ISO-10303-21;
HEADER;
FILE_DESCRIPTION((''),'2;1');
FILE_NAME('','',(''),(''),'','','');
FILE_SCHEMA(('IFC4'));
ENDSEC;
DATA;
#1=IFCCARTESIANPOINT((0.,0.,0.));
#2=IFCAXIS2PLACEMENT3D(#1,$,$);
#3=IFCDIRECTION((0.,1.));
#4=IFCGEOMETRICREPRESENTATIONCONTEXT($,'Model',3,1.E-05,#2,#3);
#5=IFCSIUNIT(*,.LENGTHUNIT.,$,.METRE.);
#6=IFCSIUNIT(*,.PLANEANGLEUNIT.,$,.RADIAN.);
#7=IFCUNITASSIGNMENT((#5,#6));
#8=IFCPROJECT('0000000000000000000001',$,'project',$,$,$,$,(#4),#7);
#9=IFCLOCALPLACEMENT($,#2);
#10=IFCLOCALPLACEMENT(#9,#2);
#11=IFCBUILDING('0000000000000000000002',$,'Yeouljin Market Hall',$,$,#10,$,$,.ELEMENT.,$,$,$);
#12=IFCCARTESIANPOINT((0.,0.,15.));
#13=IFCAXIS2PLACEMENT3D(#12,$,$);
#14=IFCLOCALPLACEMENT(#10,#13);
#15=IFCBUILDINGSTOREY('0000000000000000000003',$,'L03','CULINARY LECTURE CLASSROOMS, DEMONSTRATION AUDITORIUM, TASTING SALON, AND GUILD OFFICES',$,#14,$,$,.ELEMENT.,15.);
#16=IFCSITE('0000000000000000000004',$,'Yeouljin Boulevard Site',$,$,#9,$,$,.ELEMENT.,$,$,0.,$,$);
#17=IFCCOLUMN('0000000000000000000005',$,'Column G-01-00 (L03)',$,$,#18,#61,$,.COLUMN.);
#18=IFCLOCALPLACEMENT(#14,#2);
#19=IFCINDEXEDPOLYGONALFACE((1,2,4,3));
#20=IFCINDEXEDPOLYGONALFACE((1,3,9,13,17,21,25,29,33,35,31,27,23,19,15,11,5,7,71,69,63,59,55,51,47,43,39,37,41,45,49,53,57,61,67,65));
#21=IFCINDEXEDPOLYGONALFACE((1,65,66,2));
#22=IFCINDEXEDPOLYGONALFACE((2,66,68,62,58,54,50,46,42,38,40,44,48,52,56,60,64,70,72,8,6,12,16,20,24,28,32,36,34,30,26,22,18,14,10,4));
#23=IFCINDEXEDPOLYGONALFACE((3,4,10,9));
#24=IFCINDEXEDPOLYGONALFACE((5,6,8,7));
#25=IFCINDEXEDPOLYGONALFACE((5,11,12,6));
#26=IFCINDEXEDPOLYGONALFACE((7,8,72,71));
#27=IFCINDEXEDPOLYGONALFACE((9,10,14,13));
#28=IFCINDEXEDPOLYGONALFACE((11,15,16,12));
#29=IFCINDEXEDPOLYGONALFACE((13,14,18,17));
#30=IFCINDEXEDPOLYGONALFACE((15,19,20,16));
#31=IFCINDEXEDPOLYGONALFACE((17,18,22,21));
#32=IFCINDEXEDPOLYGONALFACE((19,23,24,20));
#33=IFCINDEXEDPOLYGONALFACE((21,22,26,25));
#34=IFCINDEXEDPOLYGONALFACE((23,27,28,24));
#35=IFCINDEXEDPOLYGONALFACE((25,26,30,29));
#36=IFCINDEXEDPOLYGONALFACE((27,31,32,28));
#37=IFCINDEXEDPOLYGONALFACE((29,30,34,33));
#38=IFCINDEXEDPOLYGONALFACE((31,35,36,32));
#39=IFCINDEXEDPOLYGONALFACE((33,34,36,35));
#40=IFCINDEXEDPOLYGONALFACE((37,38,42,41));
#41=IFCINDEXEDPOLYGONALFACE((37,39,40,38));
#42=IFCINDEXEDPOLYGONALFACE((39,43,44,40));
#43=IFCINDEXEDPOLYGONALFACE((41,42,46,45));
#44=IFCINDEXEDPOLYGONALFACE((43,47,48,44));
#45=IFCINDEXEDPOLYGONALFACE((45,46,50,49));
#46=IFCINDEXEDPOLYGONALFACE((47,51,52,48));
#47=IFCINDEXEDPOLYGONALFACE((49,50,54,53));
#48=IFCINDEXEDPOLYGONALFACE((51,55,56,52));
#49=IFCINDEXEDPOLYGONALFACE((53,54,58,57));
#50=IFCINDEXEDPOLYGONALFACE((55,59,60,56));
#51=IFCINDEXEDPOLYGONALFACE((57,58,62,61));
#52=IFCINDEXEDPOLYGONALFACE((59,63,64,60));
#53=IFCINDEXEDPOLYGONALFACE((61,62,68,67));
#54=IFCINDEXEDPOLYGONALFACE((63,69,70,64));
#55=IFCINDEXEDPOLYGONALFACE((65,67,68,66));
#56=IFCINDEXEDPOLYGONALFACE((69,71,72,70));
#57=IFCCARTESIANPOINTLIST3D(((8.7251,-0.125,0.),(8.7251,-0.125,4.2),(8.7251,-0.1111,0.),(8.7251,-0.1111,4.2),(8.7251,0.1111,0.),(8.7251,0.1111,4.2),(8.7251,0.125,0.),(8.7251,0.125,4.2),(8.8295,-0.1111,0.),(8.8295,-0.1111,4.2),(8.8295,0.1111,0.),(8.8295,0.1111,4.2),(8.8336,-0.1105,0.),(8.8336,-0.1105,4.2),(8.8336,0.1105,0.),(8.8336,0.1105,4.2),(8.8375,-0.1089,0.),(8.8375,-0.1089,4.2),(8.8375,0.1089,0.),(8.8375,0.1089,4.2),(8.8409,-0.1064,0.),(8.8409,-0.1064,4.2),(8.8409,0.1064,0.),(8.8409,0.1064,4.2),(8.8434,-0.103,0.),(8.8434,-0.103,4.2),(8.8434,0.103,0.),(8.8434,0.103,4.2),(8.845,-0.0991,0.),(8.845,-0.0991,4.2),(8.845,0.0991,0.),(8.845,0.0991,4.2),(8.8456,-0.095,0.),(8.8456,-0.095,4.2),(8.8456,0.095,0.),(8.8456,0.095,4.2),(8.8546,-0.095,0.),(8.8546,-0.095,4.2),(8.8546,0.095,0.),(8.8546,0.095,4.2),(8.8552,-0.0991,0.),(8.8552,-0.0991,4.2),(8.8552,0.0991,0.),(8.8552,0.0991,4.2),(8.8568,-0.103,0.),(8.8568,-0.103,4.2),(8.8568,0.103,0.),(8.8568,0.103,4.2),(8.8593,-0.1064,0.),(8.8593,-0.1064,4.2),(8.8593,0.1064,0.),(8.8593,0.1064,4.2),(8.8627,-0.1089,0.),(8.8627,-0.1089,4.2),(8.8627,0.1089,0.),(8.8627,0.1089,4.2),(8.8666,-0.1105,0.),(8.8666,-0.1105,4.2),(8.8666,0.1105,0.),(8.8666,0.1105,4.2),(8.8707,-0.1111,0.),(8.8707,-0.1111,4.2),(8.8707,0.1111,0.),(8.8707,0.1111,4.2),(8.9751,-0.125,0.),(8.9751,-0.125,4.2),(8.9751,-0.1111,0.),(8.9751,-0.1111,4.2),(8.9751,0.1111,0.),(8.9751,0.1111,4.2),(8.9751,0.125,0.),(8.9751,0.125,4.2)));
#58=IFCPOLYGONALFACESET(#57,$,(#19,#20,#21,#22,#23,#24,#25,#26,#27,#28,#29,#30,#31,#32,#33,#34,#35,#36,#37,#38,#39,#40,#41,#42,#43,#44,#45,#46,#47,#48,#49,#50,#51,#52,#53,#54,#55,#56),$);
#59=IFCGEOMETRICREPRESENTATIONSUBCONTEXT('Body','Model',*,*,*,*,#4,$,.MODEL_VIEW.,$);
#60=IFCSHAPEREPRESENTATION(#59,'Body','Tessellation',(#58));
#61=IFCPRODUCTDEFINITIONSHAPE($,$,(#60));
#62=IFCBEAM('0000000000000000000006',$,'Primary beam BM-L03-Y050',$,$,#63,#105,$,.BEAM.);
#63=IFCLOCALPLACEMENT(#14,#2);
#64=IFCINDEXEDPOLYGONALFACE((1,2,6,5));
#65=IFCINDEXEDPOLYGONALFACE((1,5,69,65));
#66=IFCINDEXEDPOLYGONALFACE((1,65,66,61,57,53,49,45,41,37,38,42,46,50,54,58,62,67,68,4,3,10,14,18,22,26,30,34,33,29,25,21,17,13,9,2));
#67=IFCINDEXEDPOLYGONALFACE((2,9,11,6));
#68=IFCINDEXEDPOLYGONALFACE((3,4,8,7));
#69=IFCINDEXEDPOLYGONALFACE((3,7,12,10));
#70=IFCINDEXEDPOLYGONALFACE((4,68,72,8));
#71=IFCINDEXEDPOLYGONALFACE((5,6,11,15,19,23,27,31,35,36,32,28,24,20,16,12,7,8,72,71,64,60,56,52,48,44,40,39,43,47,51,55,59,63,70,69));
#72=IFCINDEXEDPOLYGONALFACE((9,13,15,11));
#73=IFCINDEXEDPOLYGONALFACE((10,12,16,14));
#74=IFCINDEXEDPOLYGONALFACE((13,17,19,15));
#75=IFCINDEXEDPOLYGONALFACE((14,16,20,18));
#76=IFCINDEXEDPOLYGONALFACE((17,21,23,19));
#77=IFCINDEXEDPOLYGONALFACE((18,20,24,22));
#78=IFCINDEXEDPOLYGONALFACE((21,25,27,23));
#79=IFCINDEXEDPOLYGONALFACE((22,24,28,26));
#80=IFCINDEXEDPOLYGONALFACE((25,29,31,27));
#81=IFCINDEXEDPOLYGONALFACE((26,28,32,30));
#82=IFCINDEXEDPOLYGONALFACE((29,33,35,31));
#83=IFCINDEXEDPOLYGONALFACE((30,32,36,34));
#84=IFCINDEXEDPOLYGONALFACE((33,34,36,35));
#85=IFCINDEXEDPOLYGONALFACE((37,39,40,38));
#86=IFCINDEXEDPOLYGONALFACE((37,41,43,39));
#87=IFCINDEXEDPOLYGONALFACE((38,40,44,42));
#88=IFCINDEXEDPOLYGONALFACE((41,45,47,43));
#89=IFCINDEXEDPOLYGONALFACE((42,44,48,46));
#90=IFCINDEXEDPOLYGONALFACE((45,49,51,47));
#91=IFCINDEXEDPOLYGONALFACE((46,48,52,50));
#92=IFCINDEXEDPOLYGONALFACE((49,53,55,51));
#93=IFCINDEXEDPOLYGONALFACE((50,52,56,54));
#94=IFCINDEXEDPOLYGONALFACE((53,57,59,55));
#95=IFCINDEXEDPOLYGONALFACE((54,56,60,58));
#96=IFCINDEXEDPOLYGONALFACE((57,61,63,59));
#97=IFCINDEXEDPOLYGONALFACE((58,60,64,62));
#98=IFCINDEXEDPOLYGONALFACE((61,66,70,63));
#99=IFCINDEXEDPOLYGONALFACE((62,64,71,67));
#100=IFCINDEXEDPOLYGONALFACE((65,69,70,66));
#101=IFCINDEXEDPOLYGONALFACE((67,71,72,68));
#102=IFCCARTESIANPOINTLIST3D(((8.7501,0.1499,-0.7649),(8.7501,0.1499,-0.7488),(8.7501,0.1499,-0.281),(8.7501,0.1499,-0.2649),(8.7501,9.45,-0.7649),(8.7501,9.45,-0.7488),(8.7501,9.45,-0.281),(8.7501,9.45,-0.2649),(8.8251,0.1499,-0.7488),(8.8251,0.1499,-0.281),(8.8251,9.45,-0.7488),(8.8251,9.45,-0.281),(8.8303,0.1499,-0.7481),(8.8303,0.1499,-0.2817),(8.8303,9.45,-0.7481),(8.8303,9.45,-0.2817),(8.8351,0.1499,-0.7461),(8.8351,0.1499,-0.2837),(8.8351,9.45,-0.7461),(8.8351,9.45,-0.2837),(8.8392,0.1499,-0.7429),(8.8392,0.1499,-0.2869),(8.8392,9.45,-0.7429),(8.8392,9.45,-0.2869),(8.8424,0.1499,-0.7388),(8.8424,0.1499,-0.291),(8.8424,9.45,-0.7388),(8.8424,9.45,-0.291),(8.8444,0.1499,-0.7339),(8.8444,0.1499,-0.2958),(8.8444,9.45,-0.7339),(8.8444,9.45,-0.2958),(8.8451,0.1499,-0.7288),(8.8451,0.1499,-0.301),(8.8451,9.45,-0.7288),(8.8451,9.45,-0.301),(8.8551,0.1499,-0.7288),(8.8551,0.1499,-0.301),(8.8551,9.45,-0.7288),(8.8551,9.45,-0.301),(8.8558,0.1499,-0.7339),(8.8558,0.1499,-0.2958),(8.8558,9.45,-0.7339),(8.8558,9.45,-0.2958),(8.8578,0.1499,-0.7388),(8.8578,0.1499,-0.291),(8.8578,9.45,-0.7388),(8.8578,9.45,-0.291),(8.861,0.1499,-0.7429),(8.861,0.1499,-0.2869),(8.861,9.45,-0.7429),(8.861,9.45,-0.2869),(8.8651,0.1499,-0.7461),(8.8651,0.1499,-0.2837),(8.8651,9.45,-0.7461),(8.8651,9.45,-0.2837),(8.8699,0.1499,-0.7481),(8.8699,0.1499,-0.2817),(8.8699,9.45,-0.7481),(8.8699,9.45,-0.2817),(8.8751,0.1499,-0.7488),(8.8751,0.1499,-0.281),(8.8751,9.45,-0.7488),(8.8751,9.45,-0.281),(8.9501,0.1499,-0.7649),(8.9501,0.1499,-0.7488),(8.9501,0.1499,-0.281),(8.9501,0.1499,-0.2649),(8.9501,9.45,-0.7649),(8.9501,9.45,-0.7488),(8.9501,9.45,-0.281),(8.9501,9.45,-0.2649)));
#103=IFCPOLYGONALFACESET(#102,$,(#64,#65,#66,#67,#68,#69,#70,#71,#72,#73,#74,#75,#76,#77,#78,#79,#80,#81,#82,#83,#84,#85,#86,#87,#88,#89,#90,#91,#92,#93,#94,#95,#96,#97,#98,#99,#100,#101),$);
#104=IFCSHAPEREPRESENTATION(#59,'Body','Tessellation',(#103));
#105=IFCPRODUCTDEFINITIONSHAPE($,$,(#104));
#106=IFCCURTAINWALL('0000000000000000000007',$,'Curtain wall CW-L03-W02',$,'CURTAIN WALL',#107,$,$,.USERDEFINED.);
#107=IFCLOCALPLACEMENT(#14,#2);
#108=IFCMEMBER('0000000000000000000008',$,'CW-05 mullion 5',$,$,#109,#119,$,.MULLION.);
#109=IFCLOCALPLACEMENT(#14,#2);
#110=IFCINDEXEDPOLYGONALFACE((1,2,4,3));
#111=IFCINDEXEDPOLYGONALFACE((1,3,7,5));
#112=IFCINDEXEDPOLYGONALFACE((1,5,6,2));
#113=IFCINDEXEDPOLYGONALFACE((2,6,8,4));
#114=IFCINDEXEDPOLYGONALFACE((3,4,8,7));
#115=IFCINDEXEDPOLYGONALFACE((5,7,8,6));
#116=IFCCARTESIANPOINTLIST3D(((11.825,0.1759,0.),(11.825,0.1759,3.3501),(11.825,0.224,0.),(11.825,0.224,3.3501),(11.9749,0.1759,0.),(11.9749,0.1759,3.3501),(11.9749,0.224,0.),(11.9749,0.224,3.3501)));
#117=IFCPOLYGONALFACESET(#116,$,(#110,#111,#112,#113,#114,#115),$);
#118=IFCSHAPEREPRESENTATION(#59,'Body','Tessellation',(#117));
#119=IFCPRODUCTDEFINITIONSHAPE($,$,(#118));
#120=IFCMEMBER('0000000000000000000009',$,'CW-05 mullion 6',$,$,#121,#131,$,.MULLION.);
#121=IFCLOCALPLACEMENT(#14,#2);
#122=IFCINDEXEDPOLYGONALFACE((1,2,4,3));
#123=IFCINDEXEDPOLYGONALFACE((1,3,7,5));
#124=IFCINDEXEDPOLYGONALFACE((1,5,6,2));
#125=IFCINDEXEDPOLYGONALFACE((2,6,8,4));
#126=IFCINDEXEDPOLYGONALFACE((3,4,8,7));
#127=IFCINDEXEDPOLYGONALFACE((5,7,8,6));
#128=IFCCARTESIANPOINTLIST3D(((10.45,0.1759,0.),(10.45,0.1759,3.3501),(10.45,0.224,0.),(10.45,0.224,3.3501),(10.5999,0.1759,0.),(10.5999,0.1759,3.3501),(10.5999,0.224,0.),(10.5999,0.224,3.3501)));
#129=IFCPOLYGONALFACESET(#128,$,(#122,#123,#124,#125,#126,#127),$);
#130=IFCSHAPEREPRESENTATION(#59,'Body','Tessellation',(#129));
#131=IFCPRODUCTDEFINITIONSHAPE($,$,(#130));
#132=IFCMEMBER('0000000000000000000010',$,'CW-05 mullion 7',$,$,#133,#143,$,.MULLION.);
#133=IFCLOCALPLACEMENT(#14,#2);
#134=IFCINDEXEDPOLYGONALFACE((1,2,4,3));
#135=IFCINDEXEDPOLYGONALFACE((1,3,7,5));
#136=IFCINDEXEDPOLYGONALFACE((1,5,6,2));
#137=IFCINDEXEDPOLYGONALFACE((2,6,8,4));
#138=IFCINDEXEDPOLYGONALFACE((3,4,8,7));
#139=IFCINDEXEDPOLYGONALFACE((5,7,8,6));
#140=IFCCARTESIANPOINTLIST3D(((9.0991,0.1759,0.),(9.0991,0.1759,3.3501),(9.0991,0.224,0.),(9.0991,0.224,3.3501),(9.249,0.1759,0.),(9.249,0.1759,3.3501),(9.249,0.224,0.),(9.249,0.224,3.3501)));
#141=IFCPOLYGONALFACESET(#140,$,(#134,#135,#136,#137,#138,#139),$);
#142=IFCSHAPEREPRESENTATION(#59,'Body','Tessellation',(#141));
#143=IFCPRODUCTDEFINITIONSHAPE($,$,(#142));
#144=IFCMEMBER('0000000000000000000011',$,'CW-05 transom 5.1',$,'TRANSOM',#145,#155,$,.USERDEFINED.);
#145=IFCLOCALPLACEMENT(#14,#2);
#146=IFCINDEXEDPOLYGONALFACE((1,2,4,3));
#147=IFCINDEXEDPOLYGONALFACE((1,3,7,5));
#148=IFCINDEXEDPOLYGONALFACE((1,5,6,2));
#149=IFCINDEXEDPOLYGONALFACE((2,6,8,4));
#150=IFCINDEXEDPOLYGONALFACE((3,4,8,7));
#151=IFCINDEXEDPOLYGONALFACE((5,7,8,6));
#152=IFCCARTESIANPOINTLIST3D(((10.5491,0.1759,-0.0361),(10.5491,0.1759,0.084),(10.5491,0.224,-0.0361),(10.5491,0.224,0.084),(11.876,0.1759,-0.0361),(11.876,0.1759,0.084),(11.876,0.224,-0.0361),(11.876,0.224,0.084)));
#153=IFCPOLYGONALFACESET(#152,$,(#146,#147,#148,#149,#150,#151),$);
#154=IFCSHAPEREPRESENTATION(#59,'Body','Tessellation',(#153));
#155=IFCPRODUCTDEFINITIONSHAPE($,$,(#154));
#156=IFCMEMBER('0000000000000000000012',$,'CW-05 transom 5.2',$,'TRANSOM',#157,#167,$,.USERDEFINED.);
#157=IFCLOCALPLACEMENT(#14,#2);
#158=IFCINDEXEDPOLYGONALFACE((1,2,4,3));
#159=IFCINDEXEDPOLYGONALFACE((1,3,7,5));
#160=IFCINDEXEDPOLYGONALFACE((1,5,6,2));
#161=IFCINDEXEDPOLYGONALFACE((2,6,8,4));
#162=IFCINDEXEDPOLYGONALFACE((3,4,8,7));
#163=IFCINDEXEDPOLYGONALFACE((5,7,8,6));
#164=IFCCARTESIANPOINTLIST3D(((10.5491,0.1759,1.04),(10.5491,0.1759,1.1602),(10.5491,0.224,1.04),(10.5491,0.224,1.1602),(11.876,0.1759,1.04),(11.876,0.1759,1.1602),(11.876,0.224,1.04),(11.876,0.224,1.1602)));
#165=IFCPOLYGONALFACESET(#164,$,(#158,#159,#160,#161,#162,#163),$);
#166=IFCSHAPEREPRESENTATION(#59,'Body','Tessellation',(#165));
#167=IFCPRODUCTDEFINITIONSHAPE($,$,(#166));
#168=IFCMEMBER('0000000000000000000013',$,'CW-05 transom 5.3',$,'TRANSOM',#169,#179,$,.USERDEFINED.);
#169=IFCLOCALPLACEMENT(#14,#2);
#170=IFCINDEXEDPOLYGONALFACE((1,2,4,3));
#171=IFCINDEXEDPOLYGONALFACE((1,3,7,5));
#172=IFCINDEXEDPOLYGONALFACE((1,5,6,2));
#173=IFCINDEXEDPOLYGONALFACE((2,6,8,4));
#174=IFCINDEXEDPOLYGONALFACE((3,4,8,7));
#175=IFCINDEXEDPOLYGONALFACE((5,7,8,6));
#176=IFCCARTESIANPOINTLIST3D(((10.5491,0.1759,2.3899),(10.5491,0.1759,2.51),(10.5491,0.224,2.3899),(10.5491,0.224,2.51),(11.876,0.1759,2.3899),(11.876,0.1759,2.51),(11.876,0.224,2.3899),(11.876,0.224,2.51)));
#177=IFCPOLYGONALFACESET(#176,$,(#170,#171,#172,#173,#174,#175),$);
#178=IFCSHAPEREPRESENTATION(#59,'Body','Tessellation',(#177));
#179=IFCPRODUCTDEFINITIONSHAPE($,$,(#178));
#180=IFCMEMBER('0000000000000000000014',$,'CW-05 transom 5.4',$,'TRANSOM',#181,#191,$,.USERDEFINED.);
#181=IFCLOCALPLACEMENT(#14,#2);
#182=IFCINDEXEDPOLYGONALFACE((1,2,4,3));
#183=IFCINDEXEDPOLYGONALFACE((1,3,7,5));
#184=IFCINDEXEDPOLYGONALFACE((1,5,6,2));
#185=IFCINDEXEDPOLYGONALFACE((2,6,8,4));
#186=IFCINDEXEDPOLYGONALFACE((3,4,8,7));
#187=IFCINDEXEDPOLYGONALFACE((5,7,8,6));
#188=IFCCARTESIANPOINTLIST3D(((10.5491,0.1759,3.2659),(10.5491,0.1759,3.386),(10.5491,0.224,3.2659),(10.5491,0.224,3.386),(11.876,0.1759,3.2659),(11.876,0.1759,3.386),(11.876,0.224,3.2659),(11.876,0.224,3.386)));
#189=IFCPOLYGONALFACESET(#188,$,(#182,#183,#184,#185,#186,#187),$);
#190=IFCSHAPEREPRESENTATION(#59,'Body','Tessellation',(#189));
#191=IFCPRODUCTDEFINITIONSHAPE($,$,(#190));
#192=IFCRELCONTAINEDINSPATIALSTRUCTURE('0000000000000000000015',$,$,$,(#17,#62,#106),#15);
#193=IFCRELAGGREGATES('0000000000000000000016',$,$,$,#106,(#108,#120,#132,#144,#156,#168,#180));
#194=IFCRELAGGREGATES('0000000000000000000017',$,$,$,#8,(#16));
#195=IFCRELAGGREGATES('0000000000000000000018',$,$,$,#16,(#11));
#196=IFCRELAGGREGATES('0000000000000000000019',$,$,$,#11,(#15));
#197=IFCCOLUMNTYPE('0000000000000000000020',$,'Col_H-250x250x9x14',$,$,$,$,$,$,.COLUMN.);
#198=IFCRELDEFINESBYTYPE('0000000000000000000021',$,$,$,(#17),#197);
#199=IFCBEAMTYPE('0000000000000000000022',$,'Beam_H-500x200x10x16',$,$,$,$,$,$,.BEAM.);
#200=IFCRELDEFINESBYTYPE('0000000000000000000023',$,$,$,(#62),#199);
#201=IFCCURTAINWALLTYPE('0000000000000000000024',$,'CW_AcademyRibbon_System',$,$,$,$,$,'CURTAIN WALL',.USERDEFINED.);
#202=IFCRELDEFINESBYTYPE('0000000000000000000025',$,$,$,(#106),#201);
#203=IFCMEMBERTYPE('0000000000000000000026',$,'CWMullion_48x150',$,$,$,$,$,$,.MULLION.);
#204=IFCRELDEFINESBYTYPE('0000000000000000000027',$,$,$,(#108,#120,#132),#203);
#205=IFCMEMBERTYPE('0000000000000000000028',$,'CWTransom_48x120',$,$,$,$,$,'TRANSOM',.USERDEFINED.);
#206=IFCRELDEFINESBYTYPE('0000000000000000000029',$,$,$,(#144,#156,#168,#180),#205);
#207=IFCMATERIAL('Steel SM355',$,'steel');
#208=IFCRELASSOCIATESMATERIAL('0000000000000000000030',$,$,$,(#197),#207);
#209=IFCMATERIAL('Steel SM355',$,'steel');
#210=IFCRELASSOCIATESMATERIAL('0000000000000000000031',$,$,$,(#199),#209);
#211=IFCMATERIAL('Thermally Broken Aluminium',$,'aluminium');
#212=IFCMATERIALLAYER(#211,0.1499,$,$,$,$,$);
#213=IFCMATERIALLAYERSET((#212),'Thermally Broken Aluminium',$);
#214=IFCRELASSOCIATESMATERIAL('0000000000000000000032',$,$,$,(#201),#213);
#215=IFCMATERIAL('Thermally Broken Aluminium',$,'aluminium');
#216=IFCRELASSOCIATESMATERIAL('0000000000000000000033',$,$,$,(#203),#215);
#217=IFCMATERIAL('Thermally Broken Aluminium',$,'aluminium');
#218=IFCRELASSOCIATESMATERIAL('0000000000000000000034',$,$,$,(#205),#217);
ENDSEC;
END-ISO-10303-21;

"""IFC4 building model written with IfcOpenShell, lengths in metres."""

from ifc_helpers import new_model, si_unit, direction, frame, origin, origin_2d, place, context, subcontext, project, spatial, rectangle, i_section, extrude, material, layer, layer_set, material_profile, profile_set, type_object, element, aggregate, save


model = new_model("IFC4")

# Units and contexts
model_context = context("Model", 3, precision=1e-05, world=origin(), true_north=direction((0.0, 1.0)))
body_context = subcontext(model_context, "Body", "Model", "MODEL_VIEW")
ifc_project = project(units=[si_unit("LENGTHUNIT", "METRE"), si_unit("PLANEANGLEUNIT", "RADIAN")], contexts=[model_context])

# Site, building, storey
site_placement = place(None, origin())
site = spatial("IfcSite", under=ifc_project, at=site_placement, Name="Yeouljin Boulevard Site", CompositionType="ELEMENT", RefElevation=0.0)
building_placement = place(site_placement, origin())
building = spatial("IfcBuilding", under=site, at=building_placement, Name="Yeouljin Market Hall", CompositionType="ELEMENT")
storey_placement = place(building_placement, frame((0.0, 0.0, 15.0)))
storey = spatial("IfcBuildingStorey", under=building, at=storey_placement, Name="L03", Description="CULINARY LECTURE CLASSROOMS, DEMONSTRATION AUDITORIUM, TASTING SALON, AND GUILD OFFICES", CompositionType="ELEMENT", Elevation=15.0)

# Column
ifc_material_1 = material(Name="Steel SM355", Category="steel")
ifc_material_profile_1 = material_profile(ifc_material_1, i_section(OverallWidth=0.25, OverallDepth=0.25, WebThickness=0.009, FlangeThickness=0.0139, FilletRadius=0.0161, at=origin_2d()), Name="H-250x250x9x14")
ifc_profile_set_1 = profile_set([ifc_material_profile_1], Name="Steel SM355")
column_type = type_object("IfcColumnType", Name="Col_H-250x250x9x14", PredefinedType="COLUMN", material=ifc_profile_set_1)
column_placement = place(storey_placement, frame((8.8501, 0.0, 0.0), z_axis=(0.0, 0.0, 1.0), x_axis=(1.0, 0.0, 0.0)))
element("IfcColumn", 1, at=column_placement, inside=storey, type_object=column_type, Name="Column G-01-00 (L03)", PredefinedType="COLUMN", context=body_context, shape_type="SweptSolid", body=[
    extrude(i_section(OverallWidth=0.25, OverallDepth=0.25, WebThickness=0.009, FlangeThickness=0.0139, FilletRadius=0.0161, at=origin_2d()), origin(), (0.0, 0.0, 1.0), 4.2),
])

# Beam
ifc_material_2 = material(Name="Steel SM355", Category="steel")
ifc_material_profile_2 = material_profile(ifc_material_2, i_section(OverallWidth=0.2, OverallDepth=0.5, WebThickness=0.01, FlangeThickness=0.0161, FilletRadius=0.02, at=origin_2d()), Name="H-500x200x10x16")
ifc_profile_set_2 = profile_set([ifc_material_profile_2], Name="Steel SM355")
beam_type_1 = type_object("IfcBeamType", Name="Beam_H-500x200x10x16", PredefinedType="BEAM", material=ifc_profile_set_2)
beam_1_placement = place(storey_placement, frame((8.8501, 0.1499, -0.5149), z_axis=(0.0, 1.0, 0.0), x_axis=(-1.0, 0.0, 0.0)))
element("IfcBeam", 2, at=beam_1_placement, inside=storey, type_object=beam_type_1, Name="Primary beam BM-L03-Y050", PredefinedType="BEAM", context=body_context, shape_type="SweptSolid", body=[
    extrude(i_section(OverallWidth=0.2, OverallDepth=0.5, WebThickness=0.01, FlangeThickness=0.0161, FilletRadius=0.02, at=origin_2d()), origin(), (0.0, 0.0, 1.0), 9.3),
])

# Curtain wall, members
ifc_material_3 = material(Name="Thermally Broken Aluminium", Category="aluminium")
ifc_layer_1 = layer(ifc_material_3, 0.1499)
ifc_layer_set_1 = layer_set([ifc_layer_1], Name="Thermally Broken Aluminium")
curtain_wall_type = type_object("IfcCurtainWallType", Name="CW_AcademyRibbon_System", ElementType="CURTAIN WALL", PredefinedType="USERDEFINED", material=ifc_layer_set_1)
curtain_wall_placement = place(storey_placement, origin())
curtain_wall = element("IfcCurtainWall", 3, at=curtain_wall_placement, inside=storey, type_object=curtain_wall_type, Name="Curtain wall CW-L03-W02", ObjectType="CURTAIN WALL", PredefinedType="USERDEFINED")
ifc_material_4 = material(Name="Thermally Broken Aluminium", Category="aluminium")
ifc_material_profile_3 = material_profile(ifc_material_4, rectangle(XDim=0.0481, YDim=0.1499, at=origin_2d()), Name="CW-MULL-48x150")
ifc_profile_set_3 = profile_set([ifc_material_profile_3], Name="Thermally Broken Aluminium")
member_type_1 = type_object("IfcMemberType", Name="CWMullion_48x150", PredefinedType="MULLION", material=ifc_profile_set_3)
member_1_placement = place(storey_placement, frame((11.8999, 0.2, 0.0), z_axis=(0.0, 0.0, 1.0), x_axis=(0.0, -1.0, 0.0)))
member_1 = element("IfcMember", 4, at=member_1_placement, type_object=member_type_1, Name="CW-05 mullion 5", PredefinedType="MULLION", context=body_context, shape_type="SweptSolid", body=[
    extrude(rectangle(XDim=0.0481, YDim=0.1499, at=origin_2d()), origin(), (0.0, 0.0, 1.0), 3.3501),
])
member_2_placement = place(storey_placement, frame((10.5249, 0.2, 0.0), z_axis=(0.0, 0.0, 1.0), x_axis=(0.0, -1.0, 0.0)))
member_2 = element("IfcMember", 5, at=member_2_placement, type_object=member_type_1, Name="CW-05 mullion 6", PredefinedType="MULLION", context=body_context, shape_type="SweptSolid", body=[
    extrude(rectangle(XDim=0.0481, YDim=0.1499, at=origin_2d()), origin(), (0.0, 0.0, 1.0), 3.3501),
])
member_3_placement = place(storey_placement, frame((9.1741, 0.2, 0.0), z_axis=(0.0, 0.0, 1.0), x_axis=(0.0, -1.0, 0.0)))
member_3 = element("IfcMember", 6, at=member_3_placement, type_object=member_type_1, Name="CW-05 mullion 7", PredefinedType="MULLION", context=body_context, shape_type="SweptSolid", body=[
    extrude(rectangle(XDim=0.0481, YDim=0.1499, at=origin_2d()), origin(), (0.0, 0.0, 1.0), 3.3501),
])
ifc_material_5 = material(Name="Thermally Broken Aluminium", Category="aluminium")
ifc_material_profile_4 = material_profile(ifc_material_5, rectangle(XDim=0.0481, YDim=0.1201, at=origin_2d()), Name="CW-TRAN-48x120")
ifc_profile_set_4 = profile_set([ifc_material_profile_4], Name="Thermally Broken Aluminium")
member_type_2 = type_object("IfcMemberType", Name="CWTransom_48x120", ElementType="TRANSOM", PredefinedType="USERDEFINED", material=ifc_profile_set_4)
member_4_placement = place(storey_placement, frame((11.876, 0.2, 0.0239), z_axis=(-1.0, 0.0, 0.0), x_axis=(0.0, -1.0, 0.0)))
member_4 = element("IfcMember", 7, at=member_4_placement, type_object=member_type_2, Name="CW-05 transom 5.1", ObjectType="TRANSOM", PredefinedType="USERDEFINED", context=body_context, shape_type="SweptSolid", body=[
    extrude(rectangle(XDim=0.0481, YDim=0.1201, at=origin_2d()), origin(), (0.0, 0.0, 1.0), 1.3269),
])
member_5_placement = place(storey_placement, frame((11.876, 0.2, 1.1001), z_axis=(-1.0, 0.0, 0.0), x_axis=(0.0, -1.0, 0.0)))
member_5 = element("IfcMember", 8, at=member_5_placement, type_object=member_type_2, Name="CW-05 transom 5.2", ObjectType="TRANSOM", PredefinedType="USERDEFINED", context=body_context, shape_type="SweptSolid", body=[
    extrude(rectangle(XDim=0.0481, YDim=0.1201, at=origin_2d()), origin(), (0.0, 0.0, 1.0), 1.3269),
])
member_6_placement = place(storey_placement, frame((11.876, 0.2, 2.45), z_axis=(-1.0, 0.0, 0.0), x_axis=(0.0, -1.0, 0.0)))
member_6 = element("IfcMember", 9, at=member_6_placement, type_object=member_type_2, Name="CW-05 transom 5.3", ObjectType="TRANSOM", PredefinedType="USERDEFINED", context=body_context, shape_type="SweptSolid", body=[
    extrude(rectangle(XDim=0.0481, YDim=0.1201, at=origin_2d()), origin(), (0.0, 0.0, 1.0), 1.3269),
])
member_7_placement = place(storey_placement, frame((11.876, 0.2, 3.3259), z_axis=(-1.0, 0.0, 0.0), x_axis=(0.0, -1.0, 0.0)))
member_7 = element("IfcMember", 10, at=member_7_placement, type_object=member_type_2, Name="CW-05 transom 5.4", ObjectType="TRANSOM", PredefinedType="USERDEFINED", context=body_context, shape_type="SweptSolid", body=[
    extrude(rectangle(XDim=0.0481, YDim=0.1201, at=origin_2d()), origin(), (0.0, 0.0, 1.0), 1.3269),
])

aggregate(curtain_wall, [member_1, member_2, member_3, member_4, member_5, member_6, member_7])

save(model, "model.ifc")
